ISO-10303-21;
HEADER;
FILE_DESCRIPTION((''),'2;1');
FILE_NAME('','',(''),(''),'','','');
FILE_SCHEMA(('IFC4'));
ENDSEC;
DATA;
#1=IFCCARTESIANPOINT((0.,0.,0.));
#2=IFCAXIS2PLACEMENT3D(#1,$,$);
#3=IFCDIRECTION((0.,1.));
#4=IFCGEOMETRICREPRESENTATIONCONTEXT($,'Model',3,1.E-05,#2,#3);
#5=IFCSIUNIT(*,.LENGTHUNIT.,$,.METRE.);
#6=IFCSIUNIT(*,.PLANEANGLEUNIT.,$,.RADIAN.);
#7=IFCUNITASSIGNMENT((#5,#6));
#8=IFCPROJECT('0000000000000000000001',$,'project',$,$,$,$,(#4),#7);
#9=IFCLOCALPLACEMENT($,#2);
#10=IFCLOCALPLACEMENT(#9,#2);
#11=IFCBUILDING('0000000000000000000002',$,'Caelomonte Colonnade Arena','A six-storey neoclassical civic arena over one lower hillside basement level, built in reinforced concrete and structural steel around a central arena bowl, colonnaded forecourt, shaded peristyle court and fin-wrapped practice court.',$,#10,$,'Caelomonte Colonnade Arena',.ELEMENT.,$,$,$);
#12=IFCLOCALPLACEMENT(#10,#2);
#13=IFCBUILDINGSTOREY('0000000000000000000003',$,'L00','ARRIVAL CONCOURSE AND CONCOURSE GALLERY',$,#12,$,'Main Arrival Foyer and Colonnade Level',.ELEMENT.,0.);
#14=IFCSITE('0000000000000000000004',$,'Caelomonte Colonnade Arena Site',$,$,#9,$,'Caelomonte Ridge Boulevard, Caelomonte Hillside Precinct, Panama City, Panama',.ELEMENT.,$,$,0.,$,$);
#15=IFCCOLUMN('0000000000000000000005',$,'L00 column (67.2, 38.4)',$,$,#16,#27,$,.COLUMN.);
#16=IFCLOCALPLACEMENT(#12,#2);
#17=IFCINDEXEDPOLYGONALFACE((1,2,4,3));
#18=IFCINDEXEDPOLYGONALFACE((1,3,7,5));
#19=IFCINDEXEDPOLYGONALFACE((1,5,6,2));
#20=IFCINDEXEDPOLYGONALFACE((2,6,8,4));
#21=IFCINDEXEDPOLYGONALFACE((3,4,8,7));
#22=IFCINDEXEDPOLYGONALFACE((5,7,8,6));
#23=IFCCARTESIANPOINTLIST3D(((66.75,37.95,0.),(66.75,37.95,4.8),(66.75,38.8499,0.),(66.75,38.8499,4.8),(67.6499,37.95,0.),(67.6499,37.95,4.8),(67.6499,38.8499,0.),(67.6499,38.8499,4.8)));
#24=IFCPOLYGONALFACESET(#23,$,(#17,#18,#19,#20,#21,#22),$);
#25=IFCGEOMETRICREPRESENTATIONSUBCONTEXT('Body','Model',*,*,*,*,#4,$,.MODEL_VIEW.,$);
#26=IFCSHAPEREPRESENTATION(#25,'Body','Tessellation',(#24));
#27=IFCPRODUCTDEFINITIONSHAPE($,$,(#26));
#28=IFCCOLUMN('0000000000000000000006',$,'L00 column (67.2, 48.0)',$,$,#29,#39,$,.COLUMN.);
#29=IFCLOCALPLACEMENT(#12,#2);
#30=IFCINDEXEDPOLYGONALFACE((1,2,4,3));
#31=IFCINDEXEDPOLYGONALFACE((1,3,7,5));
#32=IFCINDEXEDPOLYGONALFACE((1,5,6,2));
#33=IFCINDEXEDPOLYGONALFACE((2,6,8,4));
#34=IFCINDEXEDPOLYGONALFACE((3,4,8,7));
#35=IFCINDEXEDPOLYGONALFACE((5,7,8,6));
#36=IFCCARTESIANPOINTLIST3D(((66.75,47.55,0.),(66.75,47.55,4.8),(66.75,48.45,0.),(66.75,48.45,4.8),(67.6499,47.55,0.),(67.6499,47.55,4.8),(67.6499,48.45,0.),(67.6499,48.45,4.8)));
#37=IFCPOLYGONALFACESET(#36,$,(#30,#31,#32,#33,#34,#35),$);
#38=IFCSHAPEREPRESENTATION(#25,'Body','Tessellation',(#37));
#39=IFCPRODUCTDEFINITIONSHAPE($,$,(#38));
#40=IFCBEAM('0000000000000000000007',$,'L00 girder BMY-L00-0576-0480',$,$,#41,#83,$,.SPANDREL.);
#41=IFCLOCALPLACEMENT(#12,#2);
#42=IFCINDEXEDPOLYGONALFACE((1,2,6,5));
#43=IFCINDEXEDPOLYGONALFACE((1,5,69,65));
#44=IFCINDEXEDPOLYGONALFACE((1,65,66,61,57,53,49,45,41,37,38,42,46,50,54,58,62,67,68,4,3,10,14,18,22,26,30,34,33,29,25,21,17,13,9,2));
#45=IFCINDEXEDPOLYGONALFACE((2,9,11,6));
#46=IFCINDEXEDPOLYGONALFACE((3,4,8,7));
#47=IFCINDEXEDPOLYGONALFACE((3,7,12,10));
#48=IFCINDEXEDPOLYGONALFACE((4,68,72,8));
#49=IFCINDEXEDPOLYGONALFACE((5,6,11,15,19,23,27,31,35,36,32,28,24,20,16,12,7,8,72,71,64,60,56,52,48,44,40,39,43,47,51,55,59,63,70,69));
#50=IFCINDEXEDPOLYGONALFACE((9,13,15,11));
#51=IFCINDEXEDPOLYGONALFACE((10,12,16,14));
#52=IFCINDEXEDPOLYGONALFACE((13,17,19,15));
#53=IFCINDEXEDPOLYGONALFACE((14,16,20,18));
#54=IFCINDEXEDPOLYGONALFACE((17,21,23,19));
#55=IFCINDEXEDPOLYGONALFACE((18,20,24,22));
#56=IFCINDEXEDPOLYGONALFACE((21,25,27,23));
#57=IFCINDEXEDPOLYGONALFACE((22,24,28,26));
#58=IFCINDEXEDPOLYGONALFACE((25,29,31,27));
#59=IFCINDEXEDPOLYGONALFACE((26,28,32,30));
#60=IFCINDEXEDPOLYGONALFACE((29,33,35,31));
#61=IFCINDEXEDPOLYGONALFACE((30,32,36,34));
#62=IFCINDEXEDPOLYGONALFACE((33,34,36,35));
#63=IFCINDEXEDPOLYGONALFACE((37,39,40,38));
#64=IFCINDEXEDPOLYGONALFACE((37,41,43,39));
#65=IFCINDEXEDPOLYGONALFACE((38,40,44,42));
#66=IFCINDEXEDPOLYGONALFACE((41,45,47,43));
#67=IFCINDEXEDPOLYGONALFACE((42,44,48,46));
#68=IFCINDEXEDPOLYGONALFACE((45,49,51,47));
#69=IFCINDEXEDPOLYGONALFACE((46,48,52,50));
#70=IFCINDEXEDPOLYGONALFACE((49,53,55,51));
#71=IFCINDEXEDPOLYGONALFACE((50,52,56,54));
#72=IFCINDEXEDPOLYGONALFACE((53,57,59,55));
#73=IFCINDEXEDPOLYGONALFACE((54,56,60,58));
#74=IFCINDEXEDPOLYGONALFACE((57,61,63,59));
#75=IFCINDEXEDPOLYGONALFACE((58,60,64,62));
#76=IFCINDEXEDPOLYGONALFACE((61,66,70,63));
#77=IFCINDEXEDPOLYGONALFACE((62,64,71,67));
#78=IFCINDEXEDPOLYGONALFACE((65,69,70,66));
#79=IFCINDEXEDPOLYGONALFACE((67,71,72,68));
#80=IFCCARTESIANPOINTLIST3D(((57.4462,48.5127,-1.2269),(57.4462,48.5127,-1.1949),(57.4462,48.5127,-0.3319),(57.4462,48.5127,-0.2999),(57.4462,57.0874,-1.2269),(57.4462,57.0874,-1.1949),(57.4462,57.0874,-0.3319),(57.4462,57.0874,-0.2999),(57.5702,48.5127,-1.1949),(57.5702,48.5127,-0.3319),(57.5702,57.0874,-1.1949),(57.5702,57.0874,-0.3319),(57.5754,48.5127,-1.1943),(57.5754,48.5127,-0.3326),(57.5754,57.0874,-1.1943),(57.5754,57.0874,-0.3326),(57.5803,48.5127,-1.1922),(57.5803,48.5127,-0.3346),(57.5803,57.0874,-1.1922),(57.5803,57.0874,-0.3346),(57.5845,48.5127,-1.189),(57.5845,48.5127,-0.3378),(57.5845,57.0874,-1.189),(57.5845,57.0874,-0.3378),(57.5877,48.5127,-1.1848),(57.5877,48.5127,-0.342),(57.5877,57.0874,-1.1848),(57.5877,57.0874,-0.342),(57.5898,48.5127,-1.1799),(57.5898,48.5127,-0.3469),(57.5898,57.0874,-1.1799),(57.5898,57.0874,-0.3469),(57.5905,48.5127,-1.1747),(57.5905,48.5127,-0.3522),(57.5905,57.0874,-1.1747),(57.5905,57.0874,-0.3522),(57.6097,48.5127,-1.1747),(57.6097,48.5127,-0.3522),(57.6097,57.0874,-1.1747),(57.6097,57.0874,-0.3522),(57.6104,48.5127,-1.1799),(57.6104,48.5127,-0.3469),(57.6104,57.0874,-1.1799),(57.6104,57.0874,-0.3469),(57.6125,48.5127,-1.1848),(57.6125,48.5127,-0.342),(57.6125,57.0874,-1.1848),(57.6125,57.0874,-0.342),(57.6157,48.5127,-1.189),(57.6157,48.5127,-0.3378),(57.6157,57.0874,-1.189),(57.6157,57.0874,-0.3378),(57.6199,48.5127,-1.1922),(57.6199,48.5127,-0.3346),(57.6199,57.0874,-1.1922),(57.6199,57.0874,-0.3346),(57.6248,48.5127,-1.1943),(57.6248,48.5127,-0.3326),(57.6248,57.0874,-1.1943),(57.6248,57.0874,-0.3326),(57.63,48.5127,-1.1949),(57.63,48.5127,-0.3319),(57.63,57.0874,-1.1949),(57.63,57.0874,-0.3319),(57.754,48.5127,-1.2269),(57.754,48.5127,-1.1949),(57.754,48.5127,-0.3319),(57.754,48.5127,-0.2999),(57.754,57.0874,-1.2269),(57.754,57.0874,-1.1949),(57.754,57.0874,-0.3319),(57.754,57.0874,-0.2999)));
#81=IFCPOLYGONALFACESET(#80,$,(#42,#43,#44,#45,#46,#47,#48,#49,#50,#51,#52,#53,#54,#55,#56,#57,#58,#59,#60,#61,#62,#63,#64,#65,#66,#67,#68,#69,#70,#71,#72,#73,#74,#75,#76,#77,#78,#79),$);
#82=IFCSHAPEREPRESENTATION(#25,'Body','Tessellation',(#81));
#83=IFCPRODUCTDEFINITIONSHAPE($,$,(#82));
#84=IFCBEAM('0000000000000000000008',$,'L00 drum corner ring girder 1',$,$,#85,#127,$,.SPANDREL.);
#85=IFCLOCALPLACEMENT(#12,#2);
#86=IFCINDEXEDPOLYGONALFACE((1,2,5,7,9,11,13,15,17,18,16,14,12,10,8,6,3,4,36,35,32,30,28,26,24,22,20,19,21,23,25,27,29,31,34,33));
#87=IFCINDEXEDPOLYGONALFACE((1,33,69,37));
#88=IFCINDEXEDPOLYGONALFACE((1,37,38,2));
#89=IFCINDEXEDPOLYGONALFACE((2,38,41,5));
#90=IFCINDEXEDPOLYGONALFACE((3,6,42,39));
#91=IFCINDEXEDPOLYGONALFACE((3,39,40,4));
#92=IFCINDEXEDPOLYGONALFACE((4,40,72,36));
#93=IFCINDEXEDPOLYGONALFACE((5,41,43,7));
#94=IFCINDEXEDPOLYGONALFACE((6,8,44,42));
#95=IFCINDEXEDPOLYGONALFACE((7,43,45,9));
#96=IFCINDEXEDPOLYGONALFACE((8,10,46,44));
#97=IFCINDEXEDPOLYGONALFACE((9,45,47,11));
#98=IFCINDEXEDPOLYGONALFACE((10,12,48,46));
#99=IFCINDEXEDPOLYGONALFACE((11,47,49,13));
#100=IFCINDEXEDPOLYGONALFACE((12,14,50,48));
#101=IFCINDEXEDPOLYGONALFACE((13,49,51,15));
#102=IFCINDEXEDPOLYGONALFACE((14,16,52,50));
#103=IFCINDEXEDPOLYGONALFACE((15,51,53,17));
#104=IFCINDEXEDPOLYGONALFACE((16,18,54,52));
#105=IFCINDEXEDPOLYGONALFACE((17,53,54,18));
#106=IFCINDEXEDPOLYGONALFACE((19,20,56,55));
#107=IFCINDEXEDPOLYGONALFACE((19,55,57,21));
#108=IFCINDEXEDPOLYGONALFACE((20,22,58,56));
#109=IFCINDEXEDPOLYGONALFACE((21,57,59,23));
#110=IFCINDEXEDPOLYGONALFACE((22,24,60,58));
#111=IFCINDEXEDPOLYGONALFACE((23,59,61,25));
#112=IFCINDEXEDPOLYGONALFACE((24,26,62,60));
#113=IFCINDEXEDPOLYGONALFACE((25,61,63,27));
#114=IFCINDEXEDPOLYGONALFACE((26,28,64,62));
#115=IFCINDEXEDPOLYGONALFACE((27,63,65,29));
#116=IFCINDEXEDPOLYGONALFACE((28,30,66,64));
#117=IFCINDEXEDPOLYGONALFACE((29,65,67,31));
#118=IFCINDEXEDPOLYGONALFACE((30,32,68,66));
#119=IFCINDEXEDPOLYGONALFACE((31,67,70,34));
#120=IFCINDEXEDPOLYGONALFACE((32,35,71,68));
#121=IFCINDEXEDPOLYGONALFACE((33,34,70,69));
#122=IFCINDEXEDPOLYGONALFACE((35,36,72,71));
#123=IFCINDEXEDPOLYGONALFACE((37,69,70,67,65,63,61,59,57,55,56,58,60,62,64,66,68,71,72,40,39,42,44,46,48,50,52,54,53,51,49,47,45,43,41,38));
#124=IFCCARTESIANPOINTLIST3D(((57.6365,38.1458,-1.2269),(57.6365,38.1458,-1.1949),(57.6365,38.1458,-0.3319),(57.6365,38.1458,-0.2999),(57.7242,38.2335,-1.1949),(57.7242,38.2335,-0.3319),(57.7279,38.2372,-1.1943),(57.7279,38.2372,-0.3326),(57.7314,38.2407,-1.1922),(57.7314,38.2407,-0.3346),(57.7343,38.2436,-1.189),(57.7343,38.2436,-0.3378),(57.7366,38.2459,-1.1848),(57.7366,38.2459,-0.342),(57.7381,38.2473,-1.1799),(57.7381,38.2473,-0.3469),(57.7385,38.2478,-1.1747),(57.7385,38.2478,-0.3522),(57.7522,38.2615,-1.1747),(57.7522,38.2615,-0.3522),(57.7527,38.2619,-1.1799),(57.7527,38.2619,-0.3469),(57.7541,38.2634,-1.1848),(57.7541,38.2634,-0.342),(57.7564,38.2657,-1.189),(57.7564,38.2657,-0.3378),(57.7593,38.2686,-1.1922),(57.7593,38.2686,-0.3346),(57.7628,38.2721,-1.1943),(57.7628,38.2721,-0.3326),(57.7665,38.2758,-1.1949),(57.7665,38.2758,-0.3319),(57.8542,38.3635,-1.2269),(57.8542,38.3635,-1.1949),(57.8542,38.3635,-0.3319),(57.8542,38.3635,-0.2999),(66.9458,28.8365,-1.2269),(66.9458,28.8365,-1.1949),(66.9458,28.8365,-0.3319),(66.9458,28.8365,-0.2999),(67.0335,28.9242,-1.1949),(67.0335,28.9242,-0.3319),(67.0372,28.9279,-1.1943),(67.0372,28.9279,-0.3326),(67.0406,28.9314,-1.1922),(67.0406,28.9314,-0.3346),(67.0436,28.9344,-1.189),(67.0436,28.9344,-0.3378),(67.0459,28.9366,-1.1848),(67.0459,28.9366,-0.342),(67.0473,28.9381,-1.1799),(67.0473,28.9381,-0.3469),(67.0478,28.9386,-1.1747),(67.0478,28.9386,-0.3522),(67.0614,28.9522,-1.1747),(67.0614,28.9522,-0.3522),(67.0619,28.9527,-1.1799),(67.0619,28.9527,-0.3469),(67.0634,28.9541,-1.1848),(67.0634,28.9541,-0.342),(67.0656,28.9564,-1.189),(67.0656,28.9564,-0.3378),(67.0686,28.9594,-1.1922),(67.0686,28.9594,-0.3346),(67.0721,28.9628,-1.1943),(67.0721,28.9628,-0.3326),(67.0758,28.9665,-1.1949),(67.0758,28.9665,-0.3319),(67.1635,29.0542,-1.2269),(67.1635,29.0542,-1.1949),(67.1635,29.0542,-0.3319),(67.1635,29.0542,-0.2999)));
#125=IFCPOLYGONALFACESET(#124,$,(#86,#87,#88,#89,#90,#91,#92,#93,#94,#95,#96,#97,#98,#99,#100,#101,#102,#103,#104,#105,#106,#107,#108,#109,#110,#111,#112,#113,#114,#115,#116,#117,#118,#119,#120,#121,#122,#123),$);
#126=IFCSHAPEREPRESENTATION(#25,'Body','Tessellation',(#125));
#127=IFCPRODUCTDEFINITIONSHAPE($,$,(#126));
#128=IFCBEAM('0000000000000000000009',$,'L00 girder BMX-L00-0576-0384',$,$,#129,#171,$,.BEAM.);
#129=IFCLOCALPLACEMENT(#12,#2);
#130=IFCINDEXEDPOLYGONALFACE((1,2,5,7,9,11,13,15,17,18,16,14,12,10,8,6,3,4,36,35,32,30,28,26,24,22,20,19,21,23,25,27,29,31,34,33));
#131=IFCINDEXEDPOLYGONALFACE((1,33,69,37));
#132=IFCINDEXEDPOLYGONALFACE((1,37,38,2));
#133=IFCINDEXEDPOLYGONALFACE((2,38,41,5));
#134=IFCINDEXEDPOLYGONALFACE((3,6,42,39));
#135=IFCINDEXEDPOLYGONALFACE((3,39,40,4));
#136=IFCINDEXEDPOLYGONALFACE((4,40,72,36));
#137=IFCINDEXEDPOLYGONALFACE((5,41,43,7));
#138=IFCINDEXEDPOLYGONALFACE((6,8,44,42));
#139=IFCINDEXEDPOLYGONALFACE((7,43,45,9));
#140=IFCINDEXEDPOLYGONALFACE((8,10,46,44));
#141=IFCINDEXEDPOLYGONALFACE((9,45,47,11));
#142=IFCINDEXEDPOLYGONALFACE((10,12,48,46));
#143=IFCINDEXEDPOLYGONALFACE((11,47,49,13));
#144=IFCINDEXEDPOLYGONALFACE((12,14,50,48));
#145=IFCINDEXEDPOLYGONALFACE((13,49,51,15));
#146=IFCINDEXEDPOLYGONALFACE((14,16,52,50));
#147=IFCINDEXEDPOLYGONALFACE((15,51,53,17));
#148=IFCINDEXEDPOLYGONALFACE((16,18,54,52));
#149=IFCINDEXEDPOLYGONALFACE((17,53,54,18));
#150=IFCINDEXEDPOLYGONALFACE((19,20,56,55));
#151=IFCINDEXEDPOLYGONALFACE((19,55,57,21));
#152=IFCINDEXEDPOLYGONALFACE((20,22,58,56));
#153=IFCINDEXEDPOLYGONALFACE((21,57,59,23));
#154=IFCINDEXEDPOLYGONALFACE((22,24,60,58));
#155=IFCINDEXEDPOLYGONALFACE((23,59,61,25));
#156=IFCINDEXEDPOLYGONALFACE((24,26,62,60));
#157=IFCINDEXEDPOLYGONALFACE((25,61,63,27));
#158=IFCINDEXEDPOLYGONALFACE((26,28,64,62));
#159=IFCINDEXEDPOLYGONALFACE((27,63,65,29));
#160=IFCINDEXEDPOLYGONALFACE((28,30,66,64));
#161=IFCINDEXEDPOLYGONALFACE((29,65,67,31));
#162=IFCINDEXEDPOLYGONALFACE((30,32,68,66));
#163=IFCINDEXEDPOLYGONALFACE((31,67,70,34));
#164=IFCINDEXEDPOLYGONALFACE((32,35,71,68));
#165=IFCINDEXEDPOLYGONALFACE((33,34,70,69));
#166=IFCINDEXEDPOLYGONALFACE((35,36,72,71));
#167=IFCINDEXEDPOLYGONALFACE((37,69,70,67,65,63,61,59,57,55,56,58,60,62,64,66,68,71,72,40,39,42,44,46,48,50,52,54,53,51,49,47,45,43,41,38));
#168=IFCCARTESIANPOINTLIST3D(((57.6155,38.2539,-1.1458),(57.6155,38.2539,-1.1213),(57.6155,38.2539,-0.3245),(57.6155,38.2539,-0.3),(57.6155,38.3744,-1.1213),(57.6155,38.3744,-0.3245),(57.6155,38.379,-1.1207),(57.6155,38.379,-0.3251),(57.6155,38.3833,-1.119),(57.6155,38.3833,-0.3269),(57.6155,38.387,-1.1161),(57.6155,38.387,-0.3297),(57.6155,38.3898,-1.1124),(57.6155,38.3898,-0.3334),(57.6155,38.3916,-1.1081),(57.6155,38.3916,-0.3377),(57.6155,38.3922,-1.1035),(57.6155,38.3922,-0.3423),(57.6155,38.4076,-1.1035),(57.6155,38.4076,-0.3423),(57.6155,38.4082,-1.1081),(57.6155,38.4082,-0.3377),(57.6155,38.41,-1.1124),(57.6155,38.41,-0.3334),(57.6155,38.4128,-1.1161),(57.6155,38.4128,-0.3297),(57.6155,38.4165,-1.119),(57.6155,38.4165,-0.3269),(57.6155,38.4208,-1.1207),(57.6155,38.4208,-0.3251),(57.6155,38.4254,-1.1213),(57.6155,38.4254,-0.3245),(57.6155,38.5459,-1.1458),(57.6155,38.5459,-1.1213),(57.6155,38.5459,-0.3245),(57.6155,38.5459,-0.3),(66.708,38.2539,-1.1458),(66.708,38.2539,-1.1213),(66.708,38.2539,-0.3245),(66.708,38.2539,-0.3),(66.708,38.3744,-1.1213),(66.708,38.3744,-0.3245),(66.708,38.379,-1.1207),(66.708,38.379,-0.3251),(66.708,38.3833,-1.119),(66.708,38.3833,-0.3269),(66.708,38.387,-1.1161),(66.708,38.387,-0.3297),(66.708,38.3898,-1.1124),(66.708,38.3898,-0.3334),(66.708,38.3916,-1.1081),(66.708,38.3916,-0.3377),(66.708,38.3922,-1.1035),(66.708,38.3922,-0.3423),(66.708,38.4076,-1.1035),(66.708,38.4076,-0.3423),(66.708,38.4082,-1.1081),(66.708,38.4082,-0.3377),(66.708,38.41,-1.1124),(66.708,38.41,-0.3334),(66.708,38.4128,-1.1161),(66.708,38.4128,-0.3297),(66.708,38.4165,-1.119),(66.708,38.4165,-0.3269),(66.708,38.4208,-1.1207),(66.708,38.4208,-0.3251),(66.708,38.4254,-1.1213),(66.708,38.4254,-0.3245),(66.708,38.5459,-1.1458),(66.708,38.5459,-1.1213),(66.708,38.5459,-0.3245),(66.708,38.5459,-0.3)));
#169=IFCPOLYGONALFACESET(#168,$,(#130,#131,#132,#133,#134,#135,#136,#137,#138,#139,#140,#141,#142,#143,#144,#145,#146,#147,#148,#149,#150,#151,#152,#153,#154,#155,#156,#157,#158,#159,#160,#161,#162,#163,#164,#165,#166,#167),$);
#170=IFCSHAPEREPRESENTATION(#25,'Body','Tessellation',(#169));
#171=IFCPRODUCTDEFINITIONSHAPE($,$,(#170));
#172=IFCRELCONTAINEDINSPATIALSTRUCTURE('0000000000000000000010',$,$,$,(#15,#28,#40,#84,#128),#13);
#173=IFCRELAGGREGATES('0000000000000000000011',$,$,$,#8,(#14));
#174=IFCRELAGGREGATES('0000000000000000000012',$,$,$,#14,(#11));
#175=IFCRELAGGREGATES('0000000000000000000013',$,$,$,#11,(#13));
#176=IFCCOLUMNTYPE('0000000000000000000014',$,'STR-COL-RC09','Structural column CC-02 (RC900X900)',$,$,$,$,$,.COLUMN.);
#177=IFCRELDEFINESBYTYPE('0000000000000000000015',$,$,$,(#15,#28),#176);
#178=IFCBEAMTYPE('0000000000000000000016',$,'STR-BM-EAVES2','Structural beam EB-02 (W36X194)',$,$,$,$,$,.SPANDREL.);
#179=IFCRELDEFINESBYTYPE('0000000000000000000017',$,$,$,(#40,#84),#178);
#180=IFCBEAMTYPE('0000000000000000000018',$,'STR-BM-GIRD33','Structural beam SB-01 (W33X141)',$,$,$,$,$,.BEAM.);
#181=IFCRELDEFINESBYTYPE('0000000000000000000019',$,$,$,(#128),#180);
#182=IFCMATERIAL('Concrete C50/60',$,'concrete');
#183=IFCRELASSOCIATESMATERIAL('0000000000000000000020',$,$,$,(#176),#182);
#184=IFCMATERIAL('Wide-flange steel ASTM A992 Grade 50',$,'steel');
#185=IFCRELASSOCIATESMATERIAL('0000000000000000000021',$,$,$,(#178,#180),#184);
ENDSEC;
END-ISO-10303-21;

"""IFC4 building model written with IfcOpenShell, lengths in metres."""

from ifc_helpers import new_model, si_unit, direction, frame, origin, origin_2d, place, context, subcontext, project, spatial, rectangle, i_section, extrude, material, material_profile, profile_set, type_object, element, save


model = new_model("IFC4")

# Units and contexts
model_context = context("Model", 3, precision=1e-05, world=origin(), true_north=direction((0.0, 1.0)))
body_context = subcontext(model_context, "Body", "Model", "MODEL_VIEW")
ifc_project = project(units=[si_unit("LENGTHUNIT", "METRE"), si_unit("PLANEANGLEUNIT", "RADIAN")], contexts=[model_context])

# Site, building, storey
site_placement = place(None, origin())
site = spatial("IfcSite", under=ifc_project, at=site_placement, Name="Caelomonte Colonnade Arena Site", LongName="Caelomonte Ridge Boulevard, Caelomonte Hillside Precinct, Panama City, Panama", CompositionType="ELEMENT", RefElevation=0.0)
building_placement = place(site_placement, origin())
building = spatial("IfcBuilding", under=site, at=building_placement, Name="Caelomonte Colonnade Arena", Description="A six-storey neoclassical civic arena over one lower hillside basement level, built in reinforced concrete and structural steel around a central arena bowl, colonnaded forecourt, shaded peristyle court and fin-wrapped practice court.", LongName="Caelomonte Colonnade Arena", CompositionType="ELEMENT")
storey_placement = place(building_placement, origin())
storey = spatial("IfcBuildingStorey", under=building, at=storey_placement, Name="L00", Description="ARRIVAL CONCOURSE AND CONCOURSE GALLERY", LongName="Main Arrival Foyer and Colonnade Level", CompositionType="ELEMENT", Elevation=0.0)

# Columns
ifc_material_1 = material(Name="Concrete C50/60", Category="concrete")
ifc_material_profile_1 = material_profile(ifc_material_1, rectangle(XDim=0.8999, YDim=0.8999, at=origin_2d()), Name="RC900X900")
ifc_profile_set_1 = profile_set([ifc_material_profile_1], Name="Concrete C50/60")
column_type = type_object("IfcColumnType", Name="STR-COL-RC09", Description="Structural column CC-02 (RC900X900)", PredefinedType="COLUMN", material=ifc_profile_set_1)
for number, where, z_axis, x_axis, name in (
    (1, (67.2, 38.3999, 0.0), (0.0, 0.0, 1.0), (1.0, 0.0, 0.0), "L00 column (67.2, 38.4)"),
    (2, (67.2, 48.0, 0.0), (0.0, 0.0, 1.0), (1.0, 0.0, 0.0), "L00 column (67.2, 48.0)"),
):
    element("IfcColumn", number, at=place(storey_placement, frame(where, z_axis=z_axis, x_axis=x_axis)), inside=storey, type_object=column_type, Name=name, PredefinedType="COLUMN", context=body_context, shape_type="SweptSolid", body=[
        extrude(rectangle(XDim=0.8999, YDim=0.8999, at=origin_2d()), origin(), (0.0, 0.0, 1.0), 4.8),
    ])

# Beams
ifc_material_2 = material(Name="Wide-flange steel ASTM A992 Grade 50", Category="steel")
ifc_material_profile_2 = material_profile(ifc_material_2, i_section(OverallWidth=0.3079, OverallDepth=0.927, WebThickness=0.0193, FlangeThickness=0.032, FilletRadius=0.0203, at=origin_2d()), Name="W36X194")
ifc_profile_set_2 = profile_set([ifc_material_profile_2], Name="Wide-flange steel ASTM A992 Grade 50")
beam_type_1 = type_object("IfcBeamType", Name="STR-BM-EAVES2", Description="Structural beam EB-02 (W36X194)", PredefinedType="SPANDREL", material=ifc_profile_set_2)
beam_1_placement = place(storey_placement, frame((57.6001, 48.5127, -0.7634), z_axis=(0.0, 1.0, 0.0), x_axis=(-1.0, 0.0, 0.0)))
element("IfcBeam", 3, at=beam_1_placement, inside=storey, type_object=beam_type_1, Name="L00 girder BMY-L00-0576-0480", PredefinedType="SPANDREL", context=body_context, shape_type="SweptSolid", body=[
    extrude(i_section(OverallWidth=0.3079, OverallDepth=0.927, WebThickness=0.0193, FlangeThickness=0.032, FilletRadius=0.0203, at=origin_2d()), origin(), (0.0, 0.0, 1.0), 8.5747),
])
beam_2_placement = place(storey_placement, frame((57.7454, 38.2546, -0.7634), z_axis=(0.707107, -0.707107, 0.0), x_axis=(0.707107, 0.707107, 0.0)))
element("IfcBeam", 4, at=beam_2_placement, inside=storey, type_object=beam_type_1, Name="L00 drum corner ring girder 1", PredefinedType="SPANDREL", context=body_context, shape_type="SweptSolid", body=[
    extrude(i_section(OverallWidth=0.3079, OverallDepth=0.927, WebThickness=0.0193, FlangeThickness=0.032, FilletRadius=0.0203, at=origin_2d()), origin(), (0.0, 0.0, 1.0), 13.1653),
])
ifc_material_profile_3 = material_profile(ifc_material_2, i_section(OverallWidth=0.292, OverallDepth=0.8457, WebThickness=0.0154, FlangeThickness=0.0244, FilletRadius=0.0178, at=origin_2d()), Name="W33X141")
ifc_profile_set_3 = profile_set([ifc_material_profile_3], Name="Wide-flange steel ASTM A992 Grade 50")
beam_type_2 = type_object("IfcBeamType", Name="STR-BM-GIRD33", Description="Structural beam SB-01 (W33X141)", PredefinedType="BEAM", material=ifc_profile_set_3)
for number, where, z_axis, x_axis, name in (
    (5, (57.6155, 38.3999, -0.7229), (1.0, 0.0, 0.0), (0.0, 1.0, 0.0), "L00 girder BMX-L00-0576-0384"),
):
    element("IfcBeam", number, at=place(storey_placement, frame(where, z_axis=z_axis, x_axis=x_axis)), inside=storey, type_object=beam_type_2, Name=name, PredefinedType="BEAM", context=body_context, shape_type="SweptSolid", body=[
        extrude(i_section(OverallWidth=0.292, OverallDepth=0.8457, WebThickness=0.0154, FlangeThickness=0.0244, FilletRadius=0.0178, at=origin_2d()), origin(), (0.0, 0.0, 1.0), 9.0925),
    ])

save(model, "model.ifc")
